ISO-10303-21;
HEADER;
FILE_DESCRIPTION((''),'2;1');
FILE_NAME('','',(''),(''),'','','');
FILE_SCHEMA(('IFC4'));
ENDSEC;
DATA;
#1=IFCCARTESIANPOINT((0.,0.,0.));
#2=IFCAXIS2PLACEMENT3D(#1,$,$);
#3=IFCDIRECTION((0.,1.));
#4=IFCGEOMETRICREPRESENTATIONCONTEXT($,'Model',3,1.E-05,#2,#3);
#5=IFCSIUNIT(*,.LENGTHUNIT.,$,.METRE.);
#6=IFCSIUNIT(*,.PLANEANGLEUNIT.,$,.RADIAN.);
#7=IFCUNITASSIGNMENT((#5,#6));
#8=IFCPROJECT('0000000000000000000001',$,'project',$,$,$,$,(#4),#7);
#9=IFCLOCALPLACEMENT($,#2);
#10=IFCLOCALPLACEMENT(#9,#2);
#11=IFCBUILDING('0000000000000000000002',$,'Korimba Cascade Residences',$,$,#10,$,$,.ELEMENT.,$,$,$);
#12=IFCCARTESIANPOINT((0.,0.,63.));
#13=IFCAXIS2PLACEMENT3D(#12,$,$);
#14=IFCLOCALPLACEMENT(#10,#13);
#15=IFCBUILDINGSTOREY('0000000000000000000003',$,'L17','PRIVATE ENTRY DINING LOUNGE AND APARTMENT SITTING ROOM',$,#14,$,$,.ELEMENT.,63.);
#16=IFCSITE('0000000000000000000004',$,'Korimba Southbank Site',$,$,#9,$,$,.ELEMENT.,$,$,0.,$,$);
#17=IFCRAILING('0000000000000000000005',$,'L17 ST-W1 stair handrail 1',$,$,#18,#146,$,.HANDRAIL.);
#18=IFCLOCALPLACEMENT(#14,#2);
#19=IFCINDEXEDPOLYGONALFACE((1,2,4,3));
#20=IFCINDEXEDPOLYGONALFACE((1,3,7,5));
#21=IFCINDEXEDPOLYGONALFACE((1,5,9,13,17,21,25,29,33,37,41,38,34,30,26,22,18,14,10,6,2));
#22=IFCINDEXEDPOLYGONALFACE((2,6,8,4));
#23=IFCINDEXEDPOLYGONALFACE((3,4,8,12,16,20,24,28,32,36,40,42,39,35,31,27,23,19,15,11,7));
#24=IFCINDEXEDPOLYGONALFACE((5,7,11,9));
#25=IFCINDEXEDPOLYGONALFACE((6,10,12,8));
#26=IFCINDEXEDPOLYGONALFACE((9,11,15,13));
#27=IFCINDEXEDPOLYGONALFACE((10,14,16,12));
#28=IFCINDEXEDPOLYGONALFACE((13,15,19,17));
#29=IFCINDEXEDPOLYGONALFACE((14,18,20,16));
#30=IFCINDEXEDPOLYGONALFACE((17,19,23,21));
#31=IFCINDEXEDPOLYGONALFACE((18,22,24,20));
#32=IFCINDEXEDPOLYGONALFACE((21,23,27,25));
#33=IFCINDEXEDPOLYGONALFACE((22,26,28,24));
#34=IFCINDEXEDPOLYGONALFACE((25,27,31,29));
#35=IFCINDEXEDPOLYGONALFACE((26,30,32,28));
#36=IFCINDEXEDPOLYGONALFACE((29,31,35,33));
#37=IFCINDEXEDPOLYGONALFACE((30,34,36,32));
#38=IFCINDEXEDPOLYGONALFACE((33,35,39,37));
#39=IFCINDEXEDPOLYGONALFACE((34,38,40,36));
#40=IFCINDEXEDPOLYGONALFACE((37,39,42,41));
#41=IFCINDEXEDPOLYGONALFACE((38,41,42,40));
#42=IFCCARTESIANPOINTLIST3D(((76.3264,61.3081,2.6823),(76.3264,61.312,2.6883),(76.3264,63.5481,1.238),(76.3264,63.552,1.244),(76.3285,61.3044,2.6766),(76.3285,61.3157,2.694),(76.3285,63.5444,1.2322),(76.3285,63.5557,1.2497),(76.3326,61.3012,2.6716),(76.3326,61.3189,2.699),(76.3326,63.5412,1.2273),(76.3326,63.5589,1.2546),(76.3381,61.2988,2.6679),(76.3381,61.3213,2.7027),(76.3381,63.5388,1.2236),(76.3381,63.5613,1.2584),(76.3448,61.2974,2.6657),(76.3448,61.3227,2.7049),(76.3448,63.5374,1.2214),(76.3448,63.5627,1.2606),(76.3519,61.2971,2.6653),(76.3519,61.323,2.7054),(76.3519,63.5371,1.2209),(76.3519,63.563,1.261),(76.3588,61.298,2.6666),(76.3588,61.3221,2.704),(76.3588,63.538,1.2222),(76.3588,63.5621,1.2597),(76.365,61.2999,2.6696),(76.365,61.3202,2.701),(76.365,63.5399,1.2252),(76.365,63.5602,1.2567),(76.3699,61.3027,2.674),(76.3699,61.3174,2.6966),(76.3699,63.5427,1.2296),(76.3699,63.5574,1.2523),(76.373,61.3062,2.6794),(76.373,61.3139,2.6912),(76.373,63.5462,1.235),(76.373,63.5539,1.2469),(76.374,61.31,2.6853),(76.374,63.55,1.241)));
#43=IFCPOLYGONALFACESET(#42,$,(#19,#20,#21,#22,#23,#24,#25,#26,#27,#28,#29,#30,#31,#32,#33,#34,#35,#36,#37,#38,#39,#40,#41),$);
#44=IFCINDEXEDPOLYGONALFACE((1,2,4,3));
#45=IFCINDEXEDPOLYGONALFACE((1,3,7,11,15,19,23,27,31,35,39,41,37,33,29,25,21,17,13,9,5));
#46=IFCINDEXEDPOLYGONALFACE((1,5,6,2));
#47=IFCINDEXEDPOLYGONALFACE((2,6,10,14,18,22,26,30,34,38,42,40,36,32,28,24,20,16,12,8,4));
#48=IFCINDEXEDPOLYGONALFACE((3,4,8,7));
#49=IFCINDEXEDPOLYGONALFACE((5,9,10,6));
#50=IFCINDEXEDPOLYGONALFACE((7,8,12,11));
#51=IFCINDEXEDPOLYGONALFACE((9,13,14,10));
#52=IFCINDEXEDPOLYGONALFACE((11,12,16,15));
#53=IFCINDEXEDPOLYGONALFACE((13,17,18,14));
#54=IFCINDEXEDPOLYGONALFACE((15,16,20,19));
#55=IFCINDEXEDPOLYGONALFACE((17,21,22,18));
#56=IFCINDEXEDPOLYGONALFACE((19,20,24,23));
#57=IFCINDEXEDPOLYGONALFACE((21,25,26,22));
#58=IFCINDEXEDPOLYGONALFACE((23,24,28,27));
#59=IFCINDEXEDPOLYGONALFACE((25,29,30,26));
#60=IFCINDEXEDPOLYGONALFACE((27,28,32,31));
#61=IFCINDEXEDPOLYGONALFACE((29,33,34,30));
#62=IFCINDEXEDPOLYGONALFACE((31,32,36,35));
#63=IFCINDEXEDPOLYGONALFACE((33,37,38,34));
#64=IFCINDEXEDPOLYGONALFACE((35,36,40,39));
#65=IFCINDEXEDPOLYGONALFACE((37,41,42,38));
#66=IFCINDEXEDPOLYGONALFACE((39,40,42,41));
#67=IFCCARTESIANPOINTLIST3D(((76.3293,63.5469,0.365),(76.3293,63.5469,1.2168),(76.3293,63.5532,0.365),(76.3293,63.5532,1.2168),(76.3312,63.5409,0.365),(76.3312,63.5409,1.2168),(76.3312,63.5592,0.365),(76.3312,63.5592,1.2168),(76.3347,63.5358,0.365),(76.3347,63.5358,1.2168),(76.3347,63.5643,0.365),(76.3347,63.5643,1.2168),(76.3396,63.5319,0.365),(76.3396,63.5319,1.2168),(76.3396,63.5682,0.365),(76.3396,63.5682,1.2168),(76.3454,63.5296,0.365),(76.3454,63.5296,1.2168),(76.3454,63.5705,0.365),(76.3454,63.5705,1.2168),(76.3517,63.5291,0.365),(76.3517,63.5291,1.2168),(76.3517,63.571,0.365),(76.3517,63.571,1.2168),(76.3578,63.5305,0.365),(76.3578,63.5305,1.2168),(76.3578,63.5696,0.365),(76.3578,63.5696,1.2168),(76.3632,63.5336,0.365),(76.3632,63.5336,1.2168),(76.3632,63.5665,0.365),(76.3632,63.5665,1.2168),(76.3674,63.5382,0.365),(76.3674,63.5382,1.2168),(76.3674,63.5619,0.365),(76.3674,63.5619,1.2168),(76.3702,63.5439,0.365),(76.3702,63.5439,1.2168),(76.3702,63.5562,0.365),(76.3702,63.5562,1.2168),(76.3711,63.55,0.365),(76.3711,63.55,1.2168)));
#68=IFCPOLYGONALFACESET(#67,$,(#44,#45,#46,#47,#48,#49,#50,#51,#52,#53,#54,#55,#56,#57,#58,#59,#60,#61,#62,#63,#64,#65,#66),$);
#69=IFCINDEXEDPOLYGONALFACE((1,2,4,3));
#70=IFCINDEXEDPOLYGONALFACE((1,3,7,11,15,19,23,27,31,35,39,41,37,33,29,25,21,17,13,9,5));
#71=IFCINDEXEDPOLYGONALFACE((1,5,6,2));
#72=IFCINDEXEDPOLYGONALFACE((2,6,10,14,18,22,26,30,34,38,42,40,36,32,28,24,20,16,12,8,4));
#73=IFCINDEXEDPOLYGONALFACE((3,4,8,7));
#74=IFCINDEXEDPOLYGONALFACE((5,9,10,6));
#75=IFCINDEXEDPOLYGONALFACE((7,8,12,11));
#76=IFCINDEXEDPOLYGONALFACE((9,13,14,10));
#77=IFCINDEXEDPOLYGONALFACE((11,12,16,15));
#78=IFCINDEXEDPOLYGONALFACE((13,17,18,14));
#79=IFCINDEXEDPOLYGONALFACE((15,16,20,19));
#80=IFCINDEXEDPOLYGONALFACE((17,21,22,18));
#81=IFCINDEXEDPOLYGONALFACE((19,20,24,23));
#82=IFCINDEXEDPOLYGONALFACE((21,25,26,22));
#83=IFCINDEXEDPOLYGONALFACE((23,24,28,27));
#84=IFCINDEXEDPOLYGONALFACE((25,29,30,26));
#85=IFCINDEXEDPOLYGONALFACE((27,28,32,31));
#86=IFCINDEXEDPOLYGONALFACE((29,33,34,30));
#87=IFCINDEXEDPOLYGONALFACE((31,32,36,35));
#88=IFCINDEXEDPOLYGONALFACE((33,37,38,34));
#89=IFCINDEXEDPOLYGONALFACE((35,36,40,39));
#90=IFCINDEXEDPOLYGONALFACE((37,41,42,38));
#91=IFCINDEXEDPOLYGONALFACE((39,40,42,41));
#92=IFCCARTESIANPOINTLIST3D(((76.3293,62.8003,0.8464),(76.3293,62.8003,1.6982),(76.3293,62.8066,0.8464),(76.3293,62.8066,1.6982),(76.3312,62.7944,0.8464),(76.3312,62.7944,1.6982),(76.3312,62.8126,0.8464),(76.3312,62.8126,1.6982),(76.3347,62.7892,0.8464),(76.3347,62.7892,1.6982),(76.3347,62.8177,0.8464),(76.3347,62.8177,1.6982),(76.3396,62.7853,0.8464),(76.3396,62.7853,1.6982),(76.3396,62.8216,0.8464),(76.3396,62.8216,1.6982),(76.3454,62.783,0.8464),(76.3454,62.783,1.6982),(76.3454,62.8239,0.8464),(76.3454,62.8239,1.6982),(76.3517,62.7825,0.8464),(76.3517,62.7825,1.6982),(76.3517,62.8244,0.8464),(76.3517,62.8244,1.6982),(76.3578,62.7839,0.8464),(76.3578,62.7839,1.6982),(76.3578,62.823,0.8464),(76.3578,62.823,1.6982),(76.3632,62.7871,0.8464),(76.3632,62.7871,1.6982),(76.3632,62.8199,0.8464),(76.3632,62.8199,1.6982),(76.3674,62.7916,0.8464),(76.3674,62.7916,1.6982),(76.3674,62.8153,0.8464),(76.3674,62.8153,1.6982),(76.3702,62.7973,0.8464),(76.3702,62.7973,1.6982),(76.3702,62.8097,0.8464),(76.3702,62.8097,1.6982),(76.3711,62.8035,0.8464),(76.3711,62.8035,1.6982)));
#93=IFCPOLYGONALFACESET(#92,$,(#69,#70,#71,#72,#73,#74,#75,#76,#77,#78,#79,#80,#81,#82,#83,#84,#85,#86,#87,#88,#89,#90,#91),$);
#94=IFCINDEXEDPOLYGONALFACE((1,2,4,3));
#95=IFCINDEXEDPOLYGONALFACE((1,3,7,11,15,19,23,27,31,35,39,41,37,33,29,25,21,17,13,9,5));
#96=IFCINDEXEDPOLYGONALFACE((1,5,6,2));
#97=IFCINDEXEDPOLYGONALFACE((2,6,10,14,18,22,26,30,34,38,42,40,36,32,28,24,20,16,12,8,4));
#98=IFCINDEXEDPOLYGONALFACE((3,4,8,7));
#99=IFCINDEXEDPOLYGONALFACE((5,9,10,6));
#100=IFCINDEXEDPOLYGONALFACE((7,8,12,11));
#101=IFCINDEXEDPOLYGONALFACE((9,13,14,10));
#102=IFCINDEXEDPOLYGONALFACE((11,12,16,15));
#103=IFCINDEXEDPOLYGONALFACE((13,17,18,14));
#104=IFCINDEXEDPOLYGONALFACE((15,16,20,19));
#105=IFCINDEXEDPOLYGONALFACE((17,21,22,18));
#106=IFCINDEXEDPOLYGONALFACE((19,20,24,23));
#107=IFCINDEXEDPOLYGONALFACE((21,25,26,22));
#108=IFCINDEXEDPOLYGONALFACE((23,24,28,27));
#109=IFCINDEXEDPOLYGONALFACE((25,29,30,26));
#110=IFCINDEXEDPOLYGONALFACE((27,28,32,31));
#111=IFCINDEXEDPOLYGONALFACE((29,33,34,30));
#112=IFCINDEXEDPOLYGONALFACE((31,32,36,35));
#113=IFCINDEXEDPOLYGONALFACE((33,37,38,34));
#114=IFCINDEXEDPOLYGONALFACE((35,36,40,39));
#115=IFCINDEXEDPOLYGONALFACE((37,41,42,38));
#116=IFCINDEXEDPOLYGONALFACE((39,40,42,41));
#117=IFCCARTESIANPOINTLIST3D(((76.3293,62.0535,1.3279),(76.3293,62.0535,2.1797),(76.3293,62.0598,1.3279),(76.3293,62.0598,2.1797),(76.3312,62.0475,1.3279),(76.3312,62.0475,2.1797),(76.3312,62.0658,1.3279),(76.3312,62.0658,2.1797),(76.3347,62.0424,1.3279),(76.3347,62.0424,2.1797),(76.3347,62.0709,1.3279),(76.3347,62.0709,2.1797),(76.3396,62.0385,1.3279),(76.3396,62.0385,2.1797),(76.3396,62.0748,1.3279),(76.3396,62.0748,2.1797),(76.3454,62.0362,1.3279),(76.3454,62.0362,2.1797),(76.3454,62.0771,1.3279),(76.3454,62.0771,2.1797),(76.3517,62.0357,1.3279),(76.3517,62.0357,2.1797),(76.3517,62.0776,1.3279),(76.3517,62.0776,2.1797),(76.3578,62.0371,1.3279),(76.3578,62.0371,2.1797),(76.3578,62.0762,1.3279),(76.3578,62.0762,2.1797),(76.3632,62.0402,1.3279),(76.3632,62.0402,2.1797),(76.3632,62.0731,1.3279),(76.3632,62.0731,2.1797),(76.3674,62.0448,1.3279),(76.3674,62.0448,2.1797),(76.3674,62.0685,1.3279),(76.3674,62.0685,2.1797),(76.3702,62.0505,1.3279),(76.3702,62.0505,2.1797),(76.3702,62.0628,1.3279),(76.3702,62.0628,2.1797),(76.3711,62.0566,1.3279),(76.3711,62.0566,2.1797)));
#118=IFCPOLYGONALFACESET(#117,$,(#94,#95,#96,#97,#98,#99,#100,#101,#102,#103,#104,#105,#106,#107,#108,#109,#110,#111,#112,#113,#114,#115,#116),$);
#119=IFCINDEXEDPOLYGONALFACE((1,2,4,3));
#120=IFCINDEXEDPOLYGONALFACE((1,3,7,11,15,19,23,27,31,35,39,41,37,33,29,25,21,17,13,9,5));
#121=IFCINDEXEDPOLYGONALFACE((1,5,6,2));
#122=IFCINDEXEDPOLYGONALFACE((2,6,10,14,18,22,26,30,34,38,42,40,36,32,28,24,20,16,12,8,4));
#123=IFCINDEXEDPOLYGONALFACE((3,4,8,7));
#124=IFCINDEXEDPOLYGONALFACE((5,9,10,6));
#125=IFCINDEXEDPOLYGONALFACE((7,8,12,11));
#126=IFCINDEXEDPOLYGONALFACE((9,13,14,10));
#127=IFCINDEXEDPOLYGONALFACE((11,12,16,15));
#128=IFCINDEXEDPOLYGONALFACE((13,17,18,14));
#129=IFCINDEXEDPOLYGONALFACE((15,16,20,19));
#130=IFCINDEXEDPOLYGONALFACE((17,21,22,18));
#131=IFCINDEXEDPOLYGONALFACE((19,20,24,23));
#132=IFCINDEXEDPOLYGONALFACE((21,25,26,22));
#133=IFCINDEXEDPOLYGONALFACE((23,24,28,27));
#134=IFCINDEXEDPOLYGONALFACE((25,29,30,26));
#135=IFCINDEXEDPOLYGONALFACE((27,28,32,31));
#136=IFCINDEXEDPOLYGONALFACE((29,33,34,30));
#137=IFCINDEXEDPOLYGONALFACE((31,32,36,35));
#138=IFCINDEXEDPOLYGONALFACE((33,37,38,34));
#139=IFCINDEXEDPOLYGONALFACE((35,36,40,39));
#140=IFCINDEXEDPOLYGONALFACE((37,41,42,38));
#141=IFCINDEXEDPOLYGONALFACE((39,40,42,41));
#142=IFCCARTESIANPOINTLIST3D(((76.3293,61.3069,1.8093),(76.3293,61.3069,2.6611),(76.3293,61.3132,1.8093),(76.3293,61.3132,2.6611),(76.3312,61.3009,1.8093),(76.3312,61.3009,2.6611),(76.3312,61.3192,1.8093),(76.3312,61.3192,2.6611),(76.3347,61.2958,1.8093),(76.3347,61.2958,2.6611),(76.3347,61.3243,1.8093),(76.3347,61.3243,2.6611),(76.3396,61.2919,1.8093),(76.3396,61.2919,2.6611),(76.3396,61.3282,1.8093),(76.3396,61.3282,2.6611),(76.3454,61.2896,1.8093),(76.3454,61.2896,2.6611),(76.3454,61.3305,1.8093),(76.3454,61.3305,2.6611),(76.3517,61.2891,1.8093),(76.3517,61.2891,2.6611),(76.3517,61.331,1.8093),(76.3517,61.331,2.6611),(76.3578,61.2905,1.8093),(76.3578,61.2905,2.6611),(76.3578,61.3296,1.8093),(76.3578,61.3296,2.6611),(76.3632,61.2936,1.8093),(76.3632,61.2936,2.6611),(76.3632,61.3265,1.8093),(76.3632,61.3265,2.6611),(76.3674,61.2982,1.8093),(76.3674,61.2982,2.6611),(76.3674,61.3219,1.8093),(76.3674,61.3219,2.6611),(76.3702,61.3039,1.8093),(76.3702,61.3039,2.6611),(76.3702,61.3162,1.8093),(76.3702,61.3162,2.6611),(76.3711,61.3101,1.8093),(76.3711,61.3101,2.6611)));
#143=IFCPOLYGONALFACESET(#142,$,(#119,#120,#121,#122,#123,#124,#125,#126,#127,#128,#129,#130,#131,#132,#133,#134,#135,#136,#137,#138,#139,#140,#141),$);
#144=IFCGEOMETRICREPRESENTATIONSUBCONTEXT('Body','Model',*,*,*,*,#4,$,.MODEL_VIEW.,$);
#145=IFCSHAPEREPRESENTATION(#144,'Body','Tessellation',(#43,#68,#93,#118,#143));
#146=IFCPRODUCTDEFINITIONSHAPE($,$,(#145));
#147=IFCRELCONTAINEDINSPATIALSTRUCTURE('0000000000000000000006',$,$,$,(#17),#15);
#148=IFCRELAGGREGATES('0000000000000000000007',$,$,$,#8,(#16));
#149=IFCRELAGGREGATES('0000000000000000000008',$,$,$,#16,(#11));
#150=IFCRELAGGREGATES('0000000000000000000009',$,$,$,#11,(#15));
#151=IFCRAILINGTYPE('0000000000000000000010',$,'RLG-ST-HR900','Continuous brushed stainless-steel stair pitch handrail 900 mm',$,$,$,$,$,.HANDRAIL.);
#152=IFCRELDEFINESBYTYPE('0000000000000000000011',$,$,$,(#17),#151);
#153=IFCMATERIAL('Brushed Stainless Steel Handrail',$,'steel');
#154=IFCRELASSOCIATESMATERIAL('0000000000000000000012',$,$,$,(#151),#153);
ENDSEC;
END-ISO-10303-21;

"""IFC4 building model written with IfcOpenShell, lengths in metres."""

from ifc_helpers import new_model, si_unit, direction, frame, origin, origin_2d, place, context, subcontext, project, spatial, circle, extrude, material, type_object, element, save


model = new_model("IFC4")

# Units and contexts
model_context = context("Model", 3, precision=1e-05, world=origin(), true_north=direction((0.0, 1.0)))
body_context = subcontext(model_context, "Body", "Model", "MODEL_VIEW")
ifc_project = project(units=[si_unit("LENGTHUNIT", "METRE"), si_unit("PLANEANGLEUNIT", "RADIAN")], contexts=[model_context])

# Site, building, storey
site_placement = place(None, origin())
site = spatial("IfcSite", under=ifc_project, at=site_placement, Name="Korimba Southbank Site", CompositionType="ELEMENT", RefElevation=0.0)
building_placement = place(site_placement, origin())
building = spatial("IfcBuilding", under=site, at=building_placement, Name="Korimba Cascade Residences", CompositionType="ELEMENT")
storey_placement = place(building_placement, frame((0.0, 0.0, 63.0)))
storey = spatial("IfcBuildingStorey", under=building, at=storey_placement, Name="L17", Description="PRIVATE ENTRY DINING LOUNGE AND APARTMENT SITTING ROOM", CompositionType="ELEMENT", Elevation=63.0)

# Railing
ifc_material_1 = material(Name="Brushed Stainless Steel Handrail", Category="steel")
railing_type_1 = type_object("IfcRailingType", Name="RLG-ST-HR900", Description="Continuous brushed stainless-steel stair pitch handrail 900 mm", PredefinedType="HANDRAIL", material=ifc_material_1)
railing_1_placement = place(storey_placement, frame((76.3501, 63.55, 0.365)))
element("IfcRailing", 1, at=railing_1_placement, inside=storey, type_object=railing_type_1, Name="L17 ST-W1 stair handrail 1", PredefinedType="HANDRAIL", context=body_context, shape_type="SweptSolid", body=[
    extrude(circle(Radius=0.0239, at=origin_2d()), frame((0.0, 0.0, 0.876), z_axis=(0.0, -0.840437, 0.54191), x_axis=(1.0, 0.0, 0.0)), (0.0, 0.0, 1.0), 2.6653),
    extrude(circle(Radius=0.021, at=origin_2d()), origin(), (0.0, 0.0, 1.0), 0.8518),
    extrude(circle(Radius=0.021, at=origin_2d()), frame((0.0, -0.7466, 0.4814)), (0.0, 0.0, 1.0), 0.8518),
    extrude(circle(Radius=0.021, at=origin_2d()), frame((0.0, -1.4934, 0.9629)), (0.0, 0.0, 1.0), 0.8518),
    extrude(circle(Radius=0.021, at=origin_2d()), frame((0.0, -2.24, 1.4443)), (0.0, 0.0, 1.0), 0.8518),
])

save(model, "model.ifc")
